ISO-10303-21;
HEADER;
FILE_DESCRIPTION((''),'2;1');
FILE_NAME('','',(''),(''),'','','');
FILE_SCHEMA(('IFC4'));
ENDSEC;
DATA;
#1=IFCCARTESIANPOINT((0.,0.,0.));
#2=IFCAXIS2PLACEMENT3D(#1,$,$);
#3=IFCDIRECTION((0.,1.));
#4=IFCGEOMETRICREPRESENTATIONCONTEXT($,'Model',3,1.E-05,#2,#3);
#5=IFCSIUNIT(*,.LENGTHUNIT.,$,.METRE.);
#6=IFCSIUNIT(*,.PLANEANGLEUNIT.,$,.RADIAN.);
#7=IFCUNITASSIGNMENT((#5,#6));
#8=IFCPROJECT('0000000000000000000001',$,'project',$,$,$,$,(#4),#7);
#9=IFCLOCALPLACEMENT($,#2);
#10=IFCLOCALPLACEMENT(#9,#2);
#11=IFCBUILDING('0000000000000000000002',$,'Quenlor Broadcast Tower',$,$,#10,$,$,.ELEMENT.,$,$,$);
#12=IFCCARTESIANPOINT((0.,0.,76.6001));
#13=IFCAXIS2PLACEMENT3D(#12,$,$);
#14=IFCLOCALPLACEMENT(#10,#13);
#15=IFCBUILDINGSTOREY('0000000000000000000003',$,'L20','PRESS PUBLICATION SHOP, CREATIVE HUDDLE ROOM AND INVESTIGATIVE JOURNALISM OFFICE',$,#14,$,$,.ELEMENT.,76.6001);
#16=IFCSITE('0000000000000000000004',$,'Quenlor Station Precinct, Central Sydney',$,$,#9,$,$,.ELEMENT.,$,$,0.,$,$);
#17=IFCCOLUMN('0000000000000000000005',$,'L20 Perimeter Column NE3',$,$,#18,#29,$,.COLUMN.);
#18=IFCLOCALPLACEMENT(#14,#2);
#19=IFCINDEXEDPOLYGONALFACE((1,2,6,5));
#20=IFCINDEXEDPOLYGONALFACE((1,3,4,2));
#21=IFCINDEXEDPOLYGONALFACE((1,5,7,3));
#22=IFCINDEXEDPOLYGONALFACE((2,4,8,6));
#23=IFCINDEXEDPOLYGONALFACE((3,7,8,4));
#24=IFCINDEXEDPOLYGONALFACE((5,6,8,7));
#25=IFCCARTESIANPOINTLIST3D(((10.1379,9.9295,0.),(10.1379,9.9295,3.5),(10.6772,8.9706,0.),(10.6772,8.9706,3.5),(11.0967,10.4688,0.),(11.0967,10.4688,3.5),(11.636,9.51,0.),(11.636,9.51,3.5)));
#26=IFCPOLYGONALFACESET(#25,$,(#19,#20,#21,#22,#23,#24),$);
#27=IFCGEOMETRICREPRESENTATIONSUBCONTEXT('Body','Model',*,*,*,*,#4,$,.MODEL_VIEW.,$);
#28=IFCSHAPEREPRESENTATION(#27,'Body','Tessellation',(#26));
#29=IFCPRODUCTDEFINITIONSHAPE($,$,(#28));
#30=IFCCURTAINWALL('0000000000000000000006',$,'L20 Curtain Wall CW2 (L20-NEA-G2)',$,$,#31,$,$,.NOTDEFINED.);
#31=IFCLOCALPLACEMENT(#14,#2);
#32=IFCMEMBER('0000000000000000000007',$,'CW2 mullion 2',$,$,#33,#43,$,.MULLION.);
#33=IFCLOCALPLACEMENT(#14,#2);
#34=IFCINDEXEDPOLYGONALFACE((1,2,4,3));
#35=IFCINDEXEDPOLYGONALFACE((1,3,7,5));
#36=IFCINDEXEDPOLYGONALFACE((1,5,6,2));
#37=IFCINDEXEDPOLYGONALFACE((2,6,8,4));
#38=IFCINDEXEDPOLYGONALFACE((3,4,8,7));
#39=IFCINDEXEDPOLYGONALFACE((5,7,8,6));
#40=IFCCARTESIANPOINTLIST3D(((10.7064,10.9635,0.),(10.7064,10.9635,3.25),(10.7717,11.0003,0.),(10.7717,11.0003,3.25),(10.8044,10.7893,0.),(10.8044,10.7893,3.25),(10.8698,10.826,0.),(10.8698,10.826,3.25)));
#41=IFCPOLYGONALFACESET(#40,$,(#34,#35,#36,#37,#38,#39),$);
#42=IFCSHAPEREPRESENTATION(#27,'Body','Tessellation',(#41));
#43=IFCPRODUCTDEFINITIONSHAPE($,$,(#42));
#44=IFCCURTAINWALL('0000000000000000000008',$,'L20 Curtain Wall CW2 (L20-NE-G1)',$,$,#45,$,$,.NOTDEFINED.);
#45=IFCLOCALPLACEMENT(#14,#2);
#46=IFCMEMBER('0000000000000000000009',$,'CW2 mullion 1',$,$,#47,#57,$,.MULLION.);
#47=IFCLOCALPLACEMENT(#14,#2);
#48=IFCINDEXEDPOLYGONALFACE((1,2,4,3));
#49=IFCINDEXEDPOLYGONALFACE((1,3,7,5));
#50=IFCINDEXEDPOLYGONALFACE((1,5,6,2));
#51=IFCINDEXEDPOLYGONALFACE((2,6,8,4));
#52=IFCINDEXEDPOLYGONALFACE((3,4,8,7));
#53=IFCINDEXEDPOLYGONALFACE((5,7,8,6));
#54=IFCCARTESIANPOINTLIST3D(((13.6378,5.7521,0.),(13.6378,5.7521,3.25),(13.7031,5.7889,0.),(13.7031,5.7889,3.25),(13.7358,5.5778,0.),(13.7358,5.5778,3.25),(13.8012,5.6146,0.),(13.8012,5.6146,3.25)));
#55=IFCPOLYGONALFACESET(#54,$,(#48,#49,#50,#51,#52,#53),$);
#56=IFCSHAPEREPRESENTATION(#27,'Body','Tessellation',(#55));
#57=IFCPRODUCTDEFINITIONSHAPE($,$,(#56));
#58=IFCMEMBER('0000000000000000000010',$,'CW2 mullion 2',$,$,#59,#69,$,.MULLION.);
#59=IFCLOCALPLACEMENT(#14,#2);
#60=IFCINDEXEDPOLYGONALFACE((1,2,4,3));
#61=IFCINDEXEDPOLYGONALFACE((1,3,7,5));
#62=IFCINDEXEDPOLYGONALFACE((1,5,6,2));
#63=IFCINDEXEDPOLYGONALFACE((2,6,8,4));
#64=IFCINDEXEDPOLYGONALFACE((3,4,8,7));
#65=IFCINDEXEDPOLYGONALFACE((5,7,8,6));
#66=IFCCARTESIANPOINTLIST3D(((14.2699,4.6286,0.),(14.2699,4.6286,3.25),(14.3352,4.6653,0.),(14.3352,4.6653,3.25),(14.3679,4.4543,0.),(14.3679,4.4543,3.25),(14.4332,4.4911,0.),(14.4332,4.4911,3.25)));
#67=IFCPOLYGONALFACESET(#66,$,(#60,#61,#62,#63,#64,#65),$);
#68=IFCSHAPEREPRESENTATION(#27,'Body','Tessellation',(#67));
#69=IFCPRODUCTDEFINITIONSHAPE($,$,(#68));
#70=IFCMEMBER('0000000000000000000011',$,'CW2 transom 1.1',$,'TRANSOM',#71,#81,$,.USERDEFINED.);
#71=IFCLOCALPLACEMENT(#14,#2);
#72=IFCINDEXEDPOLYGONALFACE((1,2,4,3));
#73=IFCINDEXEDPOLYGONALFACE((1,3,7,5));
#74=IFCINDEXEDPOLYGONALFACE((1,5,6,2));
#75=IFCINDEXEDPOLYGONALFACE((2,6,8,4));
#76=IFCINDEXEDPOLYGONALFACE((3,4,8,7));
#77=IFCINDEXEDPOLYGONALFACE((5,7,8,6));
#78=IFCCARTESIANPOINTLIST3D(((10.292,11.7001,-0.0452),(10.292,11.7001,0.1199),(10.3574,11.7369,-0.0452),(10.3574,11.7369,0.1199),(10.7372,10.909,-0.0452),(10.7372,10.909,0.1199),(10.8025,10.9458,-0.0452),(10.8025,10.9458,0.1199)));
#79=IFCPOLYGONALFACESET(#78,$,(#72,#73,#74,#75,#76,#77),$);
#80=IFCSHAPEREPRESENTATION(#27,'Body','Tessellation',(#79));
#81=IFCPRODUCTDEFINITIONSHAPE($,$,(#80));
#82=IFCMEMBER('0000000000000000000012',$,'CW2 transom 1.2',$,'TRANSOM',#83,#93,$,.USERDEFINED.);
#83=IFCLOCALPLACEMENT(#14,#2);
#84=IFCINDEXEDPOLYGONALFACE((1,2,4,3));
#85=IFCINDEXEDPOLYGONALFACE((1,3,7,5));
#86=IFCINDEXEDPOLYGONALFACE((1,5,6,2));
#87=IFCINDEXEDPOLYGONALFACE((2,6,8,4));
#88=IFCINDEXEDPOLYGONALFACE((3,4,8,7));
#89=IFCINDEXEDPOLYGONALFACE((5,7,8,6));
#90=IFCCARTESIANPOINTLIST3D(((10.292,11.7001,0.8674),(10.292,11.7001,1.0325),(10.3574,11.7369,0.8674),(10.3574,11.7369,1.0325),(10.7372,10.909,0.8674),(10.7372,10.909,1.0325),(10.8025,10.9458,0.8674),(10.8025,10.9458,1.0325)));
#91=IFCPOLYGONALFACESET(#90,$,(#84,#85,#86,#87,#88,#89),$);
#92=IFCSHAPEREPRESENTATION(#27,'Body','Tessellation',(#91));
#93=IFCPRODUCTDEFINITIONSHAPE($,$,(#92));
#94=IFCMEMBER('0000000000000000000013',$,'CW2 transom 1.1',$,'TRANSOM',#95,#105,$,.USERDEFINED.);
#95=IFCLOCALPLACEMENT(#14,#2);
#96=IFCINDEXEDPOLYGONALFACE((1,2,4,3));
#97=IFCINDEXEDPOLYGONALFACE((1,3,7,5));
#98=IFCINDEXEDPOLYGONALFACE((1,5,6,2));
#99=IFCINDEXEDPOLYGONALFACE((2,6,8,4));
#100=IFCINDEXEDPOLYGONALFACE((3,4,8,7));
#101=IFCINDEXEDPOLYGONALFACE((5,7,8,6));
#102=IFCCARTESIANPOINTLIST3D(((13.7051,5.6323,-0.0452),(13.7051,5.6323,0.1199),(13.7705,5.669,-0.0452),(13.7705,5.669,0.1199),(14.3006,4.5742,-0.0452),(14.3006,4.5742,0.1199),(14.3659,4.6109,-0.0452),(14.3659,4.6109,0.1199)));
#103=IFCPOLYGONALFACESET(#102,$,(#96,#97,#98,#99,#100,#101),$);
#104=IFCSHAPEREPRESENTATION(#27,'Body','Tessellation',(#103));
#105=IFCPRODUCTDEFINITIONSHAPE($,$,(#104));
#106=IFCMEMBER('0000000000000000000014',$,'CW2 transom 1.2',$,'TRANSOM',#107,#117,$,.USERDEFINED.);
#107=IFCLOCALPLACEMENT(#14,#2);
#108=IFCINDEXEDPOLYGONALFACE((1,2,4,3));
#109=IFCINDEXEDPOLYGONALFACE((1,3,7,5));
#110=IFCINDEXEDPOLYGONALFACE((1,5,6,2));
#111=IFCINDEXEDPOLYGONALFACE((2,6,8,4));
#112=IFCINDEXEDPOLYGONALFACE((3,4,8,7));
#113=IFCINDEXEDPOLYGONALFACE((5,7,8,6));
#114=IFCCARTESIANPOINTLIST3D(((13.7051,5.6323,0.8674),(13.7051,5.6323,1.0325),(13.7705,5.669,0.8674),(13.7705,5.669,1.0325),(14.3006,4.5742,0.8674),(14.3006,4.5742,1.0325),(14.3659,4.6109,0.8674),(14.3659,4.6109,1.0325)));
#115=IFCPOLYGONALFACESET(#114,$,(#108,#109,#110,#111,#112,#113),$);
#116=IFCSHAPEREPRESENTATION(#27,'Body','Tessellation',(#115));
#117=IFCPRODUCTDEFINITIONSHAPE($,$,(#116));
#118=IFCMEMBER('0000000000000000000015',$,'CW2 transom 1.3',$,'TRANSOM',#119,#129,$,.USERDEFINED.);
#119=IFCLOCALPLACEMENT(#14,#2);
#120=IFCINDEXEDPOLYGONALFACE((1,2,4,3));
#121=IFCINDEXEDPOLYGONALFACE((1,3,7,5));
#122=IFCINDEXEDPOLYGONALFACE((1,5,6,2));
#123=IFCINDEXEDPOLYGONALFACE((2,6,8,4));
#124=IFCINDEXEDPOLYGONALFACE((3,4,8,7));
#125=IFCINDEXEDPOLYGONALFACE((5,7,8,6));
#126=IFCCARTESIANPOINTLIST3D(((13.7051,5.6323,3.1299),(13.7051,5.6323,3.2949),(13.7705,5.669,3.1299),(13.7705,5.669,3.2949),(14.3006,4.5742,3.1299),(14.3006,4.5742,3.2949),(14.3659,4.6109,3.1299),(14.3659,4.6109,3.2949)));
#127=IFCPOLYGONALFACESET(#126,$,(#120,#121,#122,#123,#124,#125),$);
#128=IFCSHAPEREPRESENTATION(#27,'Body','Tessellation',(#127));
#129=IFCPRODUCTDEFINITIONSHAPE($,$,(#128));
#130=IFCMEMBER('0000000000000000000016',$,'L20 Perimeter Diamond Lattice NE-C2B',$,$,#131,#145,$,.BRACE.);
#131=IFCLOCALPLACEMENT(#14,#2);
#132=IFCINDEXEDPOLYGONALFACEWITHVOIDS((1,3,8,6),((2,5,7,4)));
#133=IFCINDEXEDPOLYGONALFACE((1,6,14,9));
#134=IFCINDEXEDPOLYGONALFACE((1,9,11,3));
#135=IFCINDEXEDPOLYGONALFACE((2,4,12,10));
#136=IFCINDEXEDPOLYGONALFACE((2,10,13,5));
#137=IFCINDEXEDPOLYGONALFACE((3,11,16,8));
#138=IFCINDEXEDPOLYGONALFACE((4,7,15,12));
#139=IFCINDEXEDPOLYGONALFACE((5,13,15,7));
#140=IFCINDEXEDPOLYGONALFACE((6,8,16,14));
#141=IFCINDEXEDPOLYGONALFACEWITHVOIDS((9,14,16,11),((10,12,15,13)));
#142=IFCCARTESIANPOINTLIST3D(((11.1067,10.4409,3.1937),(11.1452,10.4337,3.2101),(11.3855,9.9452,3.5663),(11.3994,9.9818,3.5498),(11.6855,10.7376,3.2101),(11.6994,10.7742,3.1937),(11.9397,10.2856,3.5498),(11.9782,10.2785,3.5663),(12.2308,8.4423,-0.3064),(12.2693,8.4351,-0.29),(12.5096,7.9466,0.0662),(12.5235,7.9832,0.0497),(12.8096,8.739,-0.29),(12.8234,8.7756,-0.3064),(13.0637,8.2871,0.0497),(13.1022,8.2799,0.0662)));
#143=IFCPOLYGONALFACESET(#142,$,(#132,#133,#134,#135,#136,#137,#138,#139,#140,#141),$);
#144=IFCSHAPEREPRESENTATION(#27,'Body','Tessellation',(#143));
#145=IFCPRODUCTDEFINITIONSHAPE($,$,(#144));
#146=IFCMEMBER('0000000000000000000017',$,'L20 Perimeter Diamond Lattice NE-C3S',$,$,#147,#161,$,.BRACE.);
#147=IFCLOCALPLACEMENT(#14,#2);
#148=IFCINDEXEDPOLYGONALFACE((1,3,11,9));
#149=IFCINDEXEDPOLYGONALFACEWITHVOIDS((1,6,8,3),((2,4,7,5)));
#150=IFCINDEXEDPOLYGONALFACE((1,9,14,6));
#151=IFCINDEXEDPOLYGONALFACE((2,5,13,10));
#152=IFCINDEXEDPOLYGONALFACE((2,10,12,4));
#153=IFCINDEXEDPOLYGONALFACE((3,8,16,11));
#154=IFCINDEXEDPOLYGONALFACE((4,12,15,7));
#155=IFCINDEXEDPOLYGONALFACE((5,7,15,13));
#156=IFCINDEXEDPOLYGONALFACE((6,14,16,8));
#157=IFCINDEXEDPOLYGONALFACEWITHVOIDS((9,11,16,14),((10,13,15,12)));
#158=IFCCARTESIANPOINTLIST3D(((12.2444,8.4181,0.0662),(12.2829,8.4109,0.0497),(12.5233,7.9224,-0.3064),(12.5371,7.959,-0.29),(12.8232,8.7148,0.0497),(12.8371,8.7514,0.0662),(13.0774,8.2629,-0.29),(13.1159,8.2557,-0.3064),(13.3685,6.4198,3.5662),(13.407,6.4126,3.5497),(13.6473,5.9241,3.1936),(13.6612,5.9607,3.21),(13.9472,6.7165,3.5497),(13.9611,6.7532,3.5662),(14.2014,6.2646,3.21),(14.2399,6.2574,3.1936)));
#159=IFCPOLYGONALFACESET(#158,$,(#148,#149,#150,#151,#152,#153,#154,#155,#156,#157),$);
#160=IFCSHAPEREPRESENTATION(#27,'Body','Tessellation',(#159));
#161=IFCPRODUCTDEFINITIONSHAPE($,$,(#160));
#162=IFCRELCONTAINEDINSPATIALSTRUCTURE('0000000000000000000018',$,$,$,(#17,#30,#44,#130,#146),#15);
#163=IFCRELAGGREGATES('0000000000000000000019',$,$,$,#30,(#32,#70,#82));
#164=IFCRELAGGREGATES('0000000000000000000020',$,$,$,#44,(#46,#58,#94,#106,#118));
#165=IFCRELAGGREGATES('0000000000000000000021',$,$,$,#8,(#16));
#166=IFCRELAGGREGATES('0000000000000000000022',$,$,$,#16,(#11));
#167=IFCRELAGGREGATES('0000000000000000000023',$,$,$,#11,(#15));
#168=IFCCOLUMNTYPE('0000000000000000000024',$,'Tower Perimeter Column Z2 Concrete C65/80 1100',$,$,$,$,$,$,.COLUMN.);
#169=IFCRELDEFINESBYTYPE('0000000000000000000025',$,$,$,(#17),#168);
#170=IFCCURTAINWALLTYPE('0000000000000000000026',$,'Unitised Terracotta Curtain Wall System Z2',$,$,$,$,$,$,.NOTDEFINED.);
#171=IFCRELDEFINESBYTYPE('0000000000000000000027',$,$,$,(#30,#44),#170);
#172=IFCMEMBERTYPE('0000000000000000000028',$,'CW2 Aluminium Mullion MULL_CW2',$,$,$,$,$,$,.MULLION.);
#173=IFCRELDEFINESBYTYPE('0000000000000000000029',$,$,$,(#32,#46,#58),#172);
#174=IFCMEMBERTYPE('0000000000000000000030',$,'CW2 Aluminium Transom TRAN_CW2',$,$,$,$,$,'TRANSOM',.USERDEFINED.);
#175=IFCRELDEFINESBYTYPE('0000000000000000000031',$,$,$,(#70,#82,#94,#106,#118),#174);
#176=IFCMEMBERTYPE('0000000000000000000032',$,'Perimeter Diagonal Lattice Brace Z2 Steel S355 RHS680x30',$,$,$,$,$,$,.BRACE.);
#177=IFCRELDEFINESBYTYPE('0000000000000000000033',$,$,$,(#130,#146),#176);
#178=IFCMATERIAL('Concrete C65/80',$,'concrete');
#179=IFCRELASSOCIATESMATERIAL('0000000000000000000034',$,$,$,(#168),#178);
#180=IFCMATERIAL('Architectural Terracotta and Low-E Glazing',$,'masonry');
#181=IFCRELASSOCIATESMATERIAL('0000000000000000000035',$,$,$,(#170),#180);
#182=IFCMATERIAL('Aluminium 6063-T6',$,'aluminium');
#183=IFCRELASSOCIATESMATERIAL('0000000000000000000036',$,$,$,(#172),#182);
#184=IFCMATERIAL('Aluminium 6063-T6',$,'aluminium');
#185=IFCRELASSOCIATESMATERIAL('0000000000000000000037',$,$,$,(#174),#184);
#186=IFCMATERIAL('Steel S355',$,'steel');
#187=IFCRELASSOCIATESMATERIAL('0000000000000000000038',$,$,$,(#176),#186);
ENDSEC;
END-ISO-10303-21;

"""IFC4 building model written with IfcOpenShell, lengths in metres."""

from ifc_helpers import new_model, si_unit, direction, frame, origin, origin_2d, place, context, subcontext, project, spatial, rectangle, hollow_rectangle, extrude, material, material_profile, profile_set, type_object, element, aggregate, save


model = new_model("IFC4")

# Units and contexts
model_context = context("Model", 3, precision=1e-05, world=origin(), true_north=direction((0.0, 1.0)))
body_context = subcontext(model_context, "Body", "Model", "MODEL_VIEW")
ifc_project = project(units=[si_unit("LENGTHUNIT", "METRE"), si_unit("PLANEANGLEUNIT", "RADIAN")], contexts=[model_context])

# Site, building, storey
site_placement = place(None, origin())
site = spatial("IfcSite", under=ifc_project, at=site_placement, Name="Quenlor Station Precinct, Central Sydney", CompositionType="ELEMENT", RefElevation=0.0)
building_placement = place(site_placement, origin())
building = spatial("IfcBuilding", under=site, at=building_placement, Name="Quenlor Broadcast Tower", CompositionType="ELEMENT")
storey_placement = place(building_placement, frame((0.0, 0.0, 76.6001)))
storey = spatial("IfcBuildingStorey", under=building, at=storey_placement, Name="L20", Description="PRESS PUBLICATION SHOP, CREATIVE HUDDLE ROOM AND INVESTIGATIVE JOURNALISM OFFICE", CompositionType="ELEMENT", Elevation=76.6001)

# Column
ifc_material_1 = material(Name="Concrete C65/80", Category="concrete")
ifc_material_profile_1 = material_profile(ifc_material_1, rectangle(XDim=1.1001, YDim=1.1001, at=origin_2d()))
ifc_profile_set_1 = profile_set([ifc_material_profile_1], Name="Concrete C65/80 RC1100x1100")
column_type = type_object("IfcColumnType", Name="Tower Perimeter Column Z2 Concrete C65/80 1100", PredefinedType="COLUMN", material=ifc_profile_set_1)
column_placement = place(storey_placement, frame((10.887, 9.7197, 0.0), z_axis=(0.0, 0.0, 1.0), x_axis=(0.871575, 0.490262, 0.0)))
element("IfcColumn", 1, at=column_placement, inside=storey, type_object=column_type, Name="L20 Perimeter Column NE3", PredefinedType="COLUMN", context=body_context, shape_type="SweptSolid", body=[
    extrude(rectangle(XDim=1.1001, YDim=1.1001, at=origin_2d()), origin(), (0.0, 0.0, 1.0), 3.5),
])

# Curtain wall, member
ifc_material_2 = material(Name="Architectural Terracotta and Low-E Glazing", Category="masonry")
curtain_wall_type = type_object("IfcCurtainWallType", Name="Unitised Terracotta Curtain Wall System Z2", PredefinedType="NOTDEFINED", material=ifc_material_2)
curtain_wall_1_placement = place(storey_placement, origin())
curtain_wall_1 = element("IfcCurtainWall", 2, at=curtain_wall_1_placement, inside=storey, type_object=curtain_wall_type, Name="L20 Curtain Wall CW2 (L20-NEA-G2)", PredefinedType="NOTDEFINED")
ifc_material_3 = material(Name="Aluminium 6063-T6", Category="aluminium")
ifc_material_profile_2 = material_profile(ifc_material_3, rectangle(XDim=0.075, YDim=0.2, at=origin_2d()))
ifc_profile_set_2 = profile_set([ifc_material_profile_2], Name="Aluminium 6063-T6 MULL75x200")
member_type_1 = type_object("IfcMemberType", Name="CW2 Aluminium Mullion MULL_CW2", PredefinedType="MULLION", material=ifc_profile_set_2)
member_1_placement = place(storey_placement, frame((10.7881, 10.8948, 0.0), z_axis=(0.0, 0.0, 1.0), x_axis=(0.871581, 0.490252, 0.0)))
member_1 = element("IfcMember", 3, at=member_1_placement, type_object=member_type_1, Name="CW2 mullion 2", PredefinedType="MULLION", context=body_context, shape_type="SweptSolid", body=[
    extrude(rectangle(XDim=0.075, YDim=0.2, at=origin_2d()), origin(), (0.0, 0.0, 1.0), 3.25),
])

# Curtain wall, members
curtain_wall_2_placement = place(storey_placement, origin())
curtain_wall_2 = element("IfcCurtainWall", 4, at=curtain_wall_2_placement, inside=storey, type_object=curtain_wall_type, Name="L20 Curtain Wall CW2 (L20-NE-G1)", PredefinedType="NOTDEFINED")
member_2_placement = place(storey_placement, frame((13.7195, 5.6833, 0.0), z_axis=(0.0, 0.0, 1.0), x_axis=(0.871579, 0.490254, 0.0)))
member_2 = element("IfcMember", 5, at=member_2_placement, type_object=member_type_1, Name="CW2 mullion 1", PredefinedType="MULLION", context=body_context, shape_type="SweptSolid", body=[
    extrude(rectangle(XDim=0.075, YDim=0.2, at=origin_2d()), origin(), (0.0, 0.0, 1.0), 3.25),
])
member_3_placement = place(storey_placement, frame((14.3516, 4.5598, 0.0), z_axis=(0.0, 0.0, 1.0), x_axis=(0.871579, 0.490254, 0.0)))
member_3 = element("IfcMember", 6, at=member_3_placement, type_object=member_type_1, Name="CW2 mullion 2", PredefinedType="MULLION", context=body_context, shape_type="SweptSolid", body=[
    extrude(rectangle(XDim=0.075, YDim=0.2, at=origin_2d()), origin(), (0.0, 0.0, 1.0), 3.25),
])

# Members
ifc_material_4 = material(Name="Aluminium 6063-T6", Category="aluminium")
ifc_material_profile_3 = material_profile(ifc_material_4, rectangle(XDim=0.075, YDim=0.165, at=origin_2d()))
ifc_profile_set_3 = profile_set([ifc_material_profile_3], Name="Aluminium 6063-T6 TRAN75x165")
member_type_2 = type_object("IfcMemberType", Name="CW2 Aluminium Transom TRAN_CW2", ElementType="TRANSOM", PredefinedType="USERDEFINED", material=ifc_profile_set_3)
member_4_placement = place(storey_placement, frame((10.3247, 11.7185, 0.0374), z_axis=(0.490363, -0.871518, 0.0), x_axis=(0.871518, 0.490363, 0.0)))
member_4 = element("IfcMember", 7, at=member_4_placement, type_object=member_type_2, Name="CW2 transom 1.1", ObjectType="TRANSOM", PredefinedType="USERDEFINED", context=body_context, shape_type="SweptSolid", body=[
    extrude(rectangle(XDim=0.075, YDim=0.165, at=origin_2d()), origin(), (0.0, 0.0, 1.0), 0.9077),
])
member_5_placement = place(storey_placement, frame((10.3247, 11.7185, 0.95), z_axis=(0.490363, -0.871518, 0.0), x_axis=(0.871518, 0.490363, 0.0)))
member_5 = element("IfcMember", 8, at=member_5_placement, type_object=member_type_2, Name="CW2 transom 1.2", ObjectType="TRANSOM", PredefinedType="USERDEFINED", context=body_context, shape_type="SweptSolid", body=[
    extrude(rectangle(XDim=0.075, YDim=0.165, at=origin_2d()), origin(), (0.0, 0.0, 1.0), 0.9077),
])
member_6_placement = place(storey_placement, frame((13.7378, 5.6506, 0.0374), z_axis=(0.490433, -0.871479, 0.0), x_axis=(0.871479, 0.490433, 0.0)))
member_6 = element("IfcMember", 9, at=member_6_placement, type_object=member_type_2, Name="CW2 transom 1.1", ObjectType="TRANSOM", PredefinedType="USERDEFINED", context=body_context, shape_type="SweptSolid", body=[
    extrude(rectangle(XDim=0.075, YDim=0.165, at=origin_2d()), origin(), (0.0, 0.0, 1.0), 1.2141),
])
member_7_placement = place(storey_placement, frame((13.7378, 5.6506, 0.95), z_axis=(0.490433, -0.871479, 0.0), x_axis=(0.871479, 0.490433, 0.0)))
member_7 = element("IfcMember", 10, at=member_7_placement, type_object=member_type_2, Name="CW2 transom 1.2", ObjectType="TRANSOM", PredefinedType="USERDEFINED", context=body_context, shape_type="SweptSolid", body=[
    extrude(rectangle(XDim=0.075, YDim=0.165, at=origin_2d()), origin(), (0.0, 0.0, 1.0), 1.2141),
])
member_8_placement = place(storey_placement, frame((13.7378, 5.6506, 3.2124), z_axis=(0.490433, -0.871479, 0.0), x_axis=(0.871479, 0.490433, 0.0)))
member_8 = element("IfcMember", 11, at=member_8_placement, type_object=member_type_2, Name="CW2 transom 1.3", ObjectType="TRANSOM", PredefinedType="USERDEFINED", context=body_context, shape_type="SweptSolid", body=[
    extrude(rectangle(XDim=0.075, YDim=0.165, at=origin_2d()), origin(), (0.0, 0.0, 1.0), 1.2141),
])

# Members
ifc_material_5 = material(Name="Steel S355", Category="steel")
ifc_material_profile_4 = material_profile(ifc_material_5, hollow_rectangle(XDim=0.6799, YDim=0.6799, WallThickness=0.03, at=origin_2d()))
ifc_profile_set_4 = profile_set([ifc_material_profile_4], Name="Steel S355 RHS680x680x30")
member_type_3 = type_object("IfcMemberType", Name="Perimeter Diagonal Lattice Brace Z2 Steel S355 RHS680x30", PredefinedType="BRACE", material=ifc_profile_set_4)
member_9_placement = place(storey_placement, frame((12.6665, 8.3611, -0.1201), z_axis=(-0.268635, 0.477638, 0.836479), x_axis=(-0.871604, -0.490211, 0.0)))
element("IfcMember", 12, at=member_9_placement, inside=storey, type_object=member_type_3, Name="L20 Perimeter Diamond Lattice NE-C2B", PredefinedType="BRACE", context=body_context, shape_type="SweptSolid", body=[
    extrude(hollow_rectangle(XDim=0.6799, YDim=0.6799, WallThickness=0.03, at=origin_2d()), origin(), (0.0, 0.0, 1.0), 4.1843),
])
member_10_placement = place(storey_placement, frame((12.6802, 8.3369, -0.1201), z_axis=(0.268642, -0.477593, 0.836502), x_axis=(0.871578, 0.490256, 0.0)))
element("IfcMember", 13, at=member_10_placement, inside=storey, type_object=member_type_3, Name="L20 Perimeter Diamond Lattice NE-C3S", PredefinedType="BRACE", context=body_context, shape_type="SweptSolid", body=[
    extrude(hollow_rectangle(XDim=0.6799, YDim=0.6799, WallThickness=0.03, at=origin_2d()), origin(), (0.0, 0.0, 1.0), 4.1841),
])

aggregate(curtain_wall_1, [member_1, member_4, member_5])
aggregate(curtain_wall_2, [member_2, member_3, member_6, member_7, member_8])

save(model, "model.ifc")
